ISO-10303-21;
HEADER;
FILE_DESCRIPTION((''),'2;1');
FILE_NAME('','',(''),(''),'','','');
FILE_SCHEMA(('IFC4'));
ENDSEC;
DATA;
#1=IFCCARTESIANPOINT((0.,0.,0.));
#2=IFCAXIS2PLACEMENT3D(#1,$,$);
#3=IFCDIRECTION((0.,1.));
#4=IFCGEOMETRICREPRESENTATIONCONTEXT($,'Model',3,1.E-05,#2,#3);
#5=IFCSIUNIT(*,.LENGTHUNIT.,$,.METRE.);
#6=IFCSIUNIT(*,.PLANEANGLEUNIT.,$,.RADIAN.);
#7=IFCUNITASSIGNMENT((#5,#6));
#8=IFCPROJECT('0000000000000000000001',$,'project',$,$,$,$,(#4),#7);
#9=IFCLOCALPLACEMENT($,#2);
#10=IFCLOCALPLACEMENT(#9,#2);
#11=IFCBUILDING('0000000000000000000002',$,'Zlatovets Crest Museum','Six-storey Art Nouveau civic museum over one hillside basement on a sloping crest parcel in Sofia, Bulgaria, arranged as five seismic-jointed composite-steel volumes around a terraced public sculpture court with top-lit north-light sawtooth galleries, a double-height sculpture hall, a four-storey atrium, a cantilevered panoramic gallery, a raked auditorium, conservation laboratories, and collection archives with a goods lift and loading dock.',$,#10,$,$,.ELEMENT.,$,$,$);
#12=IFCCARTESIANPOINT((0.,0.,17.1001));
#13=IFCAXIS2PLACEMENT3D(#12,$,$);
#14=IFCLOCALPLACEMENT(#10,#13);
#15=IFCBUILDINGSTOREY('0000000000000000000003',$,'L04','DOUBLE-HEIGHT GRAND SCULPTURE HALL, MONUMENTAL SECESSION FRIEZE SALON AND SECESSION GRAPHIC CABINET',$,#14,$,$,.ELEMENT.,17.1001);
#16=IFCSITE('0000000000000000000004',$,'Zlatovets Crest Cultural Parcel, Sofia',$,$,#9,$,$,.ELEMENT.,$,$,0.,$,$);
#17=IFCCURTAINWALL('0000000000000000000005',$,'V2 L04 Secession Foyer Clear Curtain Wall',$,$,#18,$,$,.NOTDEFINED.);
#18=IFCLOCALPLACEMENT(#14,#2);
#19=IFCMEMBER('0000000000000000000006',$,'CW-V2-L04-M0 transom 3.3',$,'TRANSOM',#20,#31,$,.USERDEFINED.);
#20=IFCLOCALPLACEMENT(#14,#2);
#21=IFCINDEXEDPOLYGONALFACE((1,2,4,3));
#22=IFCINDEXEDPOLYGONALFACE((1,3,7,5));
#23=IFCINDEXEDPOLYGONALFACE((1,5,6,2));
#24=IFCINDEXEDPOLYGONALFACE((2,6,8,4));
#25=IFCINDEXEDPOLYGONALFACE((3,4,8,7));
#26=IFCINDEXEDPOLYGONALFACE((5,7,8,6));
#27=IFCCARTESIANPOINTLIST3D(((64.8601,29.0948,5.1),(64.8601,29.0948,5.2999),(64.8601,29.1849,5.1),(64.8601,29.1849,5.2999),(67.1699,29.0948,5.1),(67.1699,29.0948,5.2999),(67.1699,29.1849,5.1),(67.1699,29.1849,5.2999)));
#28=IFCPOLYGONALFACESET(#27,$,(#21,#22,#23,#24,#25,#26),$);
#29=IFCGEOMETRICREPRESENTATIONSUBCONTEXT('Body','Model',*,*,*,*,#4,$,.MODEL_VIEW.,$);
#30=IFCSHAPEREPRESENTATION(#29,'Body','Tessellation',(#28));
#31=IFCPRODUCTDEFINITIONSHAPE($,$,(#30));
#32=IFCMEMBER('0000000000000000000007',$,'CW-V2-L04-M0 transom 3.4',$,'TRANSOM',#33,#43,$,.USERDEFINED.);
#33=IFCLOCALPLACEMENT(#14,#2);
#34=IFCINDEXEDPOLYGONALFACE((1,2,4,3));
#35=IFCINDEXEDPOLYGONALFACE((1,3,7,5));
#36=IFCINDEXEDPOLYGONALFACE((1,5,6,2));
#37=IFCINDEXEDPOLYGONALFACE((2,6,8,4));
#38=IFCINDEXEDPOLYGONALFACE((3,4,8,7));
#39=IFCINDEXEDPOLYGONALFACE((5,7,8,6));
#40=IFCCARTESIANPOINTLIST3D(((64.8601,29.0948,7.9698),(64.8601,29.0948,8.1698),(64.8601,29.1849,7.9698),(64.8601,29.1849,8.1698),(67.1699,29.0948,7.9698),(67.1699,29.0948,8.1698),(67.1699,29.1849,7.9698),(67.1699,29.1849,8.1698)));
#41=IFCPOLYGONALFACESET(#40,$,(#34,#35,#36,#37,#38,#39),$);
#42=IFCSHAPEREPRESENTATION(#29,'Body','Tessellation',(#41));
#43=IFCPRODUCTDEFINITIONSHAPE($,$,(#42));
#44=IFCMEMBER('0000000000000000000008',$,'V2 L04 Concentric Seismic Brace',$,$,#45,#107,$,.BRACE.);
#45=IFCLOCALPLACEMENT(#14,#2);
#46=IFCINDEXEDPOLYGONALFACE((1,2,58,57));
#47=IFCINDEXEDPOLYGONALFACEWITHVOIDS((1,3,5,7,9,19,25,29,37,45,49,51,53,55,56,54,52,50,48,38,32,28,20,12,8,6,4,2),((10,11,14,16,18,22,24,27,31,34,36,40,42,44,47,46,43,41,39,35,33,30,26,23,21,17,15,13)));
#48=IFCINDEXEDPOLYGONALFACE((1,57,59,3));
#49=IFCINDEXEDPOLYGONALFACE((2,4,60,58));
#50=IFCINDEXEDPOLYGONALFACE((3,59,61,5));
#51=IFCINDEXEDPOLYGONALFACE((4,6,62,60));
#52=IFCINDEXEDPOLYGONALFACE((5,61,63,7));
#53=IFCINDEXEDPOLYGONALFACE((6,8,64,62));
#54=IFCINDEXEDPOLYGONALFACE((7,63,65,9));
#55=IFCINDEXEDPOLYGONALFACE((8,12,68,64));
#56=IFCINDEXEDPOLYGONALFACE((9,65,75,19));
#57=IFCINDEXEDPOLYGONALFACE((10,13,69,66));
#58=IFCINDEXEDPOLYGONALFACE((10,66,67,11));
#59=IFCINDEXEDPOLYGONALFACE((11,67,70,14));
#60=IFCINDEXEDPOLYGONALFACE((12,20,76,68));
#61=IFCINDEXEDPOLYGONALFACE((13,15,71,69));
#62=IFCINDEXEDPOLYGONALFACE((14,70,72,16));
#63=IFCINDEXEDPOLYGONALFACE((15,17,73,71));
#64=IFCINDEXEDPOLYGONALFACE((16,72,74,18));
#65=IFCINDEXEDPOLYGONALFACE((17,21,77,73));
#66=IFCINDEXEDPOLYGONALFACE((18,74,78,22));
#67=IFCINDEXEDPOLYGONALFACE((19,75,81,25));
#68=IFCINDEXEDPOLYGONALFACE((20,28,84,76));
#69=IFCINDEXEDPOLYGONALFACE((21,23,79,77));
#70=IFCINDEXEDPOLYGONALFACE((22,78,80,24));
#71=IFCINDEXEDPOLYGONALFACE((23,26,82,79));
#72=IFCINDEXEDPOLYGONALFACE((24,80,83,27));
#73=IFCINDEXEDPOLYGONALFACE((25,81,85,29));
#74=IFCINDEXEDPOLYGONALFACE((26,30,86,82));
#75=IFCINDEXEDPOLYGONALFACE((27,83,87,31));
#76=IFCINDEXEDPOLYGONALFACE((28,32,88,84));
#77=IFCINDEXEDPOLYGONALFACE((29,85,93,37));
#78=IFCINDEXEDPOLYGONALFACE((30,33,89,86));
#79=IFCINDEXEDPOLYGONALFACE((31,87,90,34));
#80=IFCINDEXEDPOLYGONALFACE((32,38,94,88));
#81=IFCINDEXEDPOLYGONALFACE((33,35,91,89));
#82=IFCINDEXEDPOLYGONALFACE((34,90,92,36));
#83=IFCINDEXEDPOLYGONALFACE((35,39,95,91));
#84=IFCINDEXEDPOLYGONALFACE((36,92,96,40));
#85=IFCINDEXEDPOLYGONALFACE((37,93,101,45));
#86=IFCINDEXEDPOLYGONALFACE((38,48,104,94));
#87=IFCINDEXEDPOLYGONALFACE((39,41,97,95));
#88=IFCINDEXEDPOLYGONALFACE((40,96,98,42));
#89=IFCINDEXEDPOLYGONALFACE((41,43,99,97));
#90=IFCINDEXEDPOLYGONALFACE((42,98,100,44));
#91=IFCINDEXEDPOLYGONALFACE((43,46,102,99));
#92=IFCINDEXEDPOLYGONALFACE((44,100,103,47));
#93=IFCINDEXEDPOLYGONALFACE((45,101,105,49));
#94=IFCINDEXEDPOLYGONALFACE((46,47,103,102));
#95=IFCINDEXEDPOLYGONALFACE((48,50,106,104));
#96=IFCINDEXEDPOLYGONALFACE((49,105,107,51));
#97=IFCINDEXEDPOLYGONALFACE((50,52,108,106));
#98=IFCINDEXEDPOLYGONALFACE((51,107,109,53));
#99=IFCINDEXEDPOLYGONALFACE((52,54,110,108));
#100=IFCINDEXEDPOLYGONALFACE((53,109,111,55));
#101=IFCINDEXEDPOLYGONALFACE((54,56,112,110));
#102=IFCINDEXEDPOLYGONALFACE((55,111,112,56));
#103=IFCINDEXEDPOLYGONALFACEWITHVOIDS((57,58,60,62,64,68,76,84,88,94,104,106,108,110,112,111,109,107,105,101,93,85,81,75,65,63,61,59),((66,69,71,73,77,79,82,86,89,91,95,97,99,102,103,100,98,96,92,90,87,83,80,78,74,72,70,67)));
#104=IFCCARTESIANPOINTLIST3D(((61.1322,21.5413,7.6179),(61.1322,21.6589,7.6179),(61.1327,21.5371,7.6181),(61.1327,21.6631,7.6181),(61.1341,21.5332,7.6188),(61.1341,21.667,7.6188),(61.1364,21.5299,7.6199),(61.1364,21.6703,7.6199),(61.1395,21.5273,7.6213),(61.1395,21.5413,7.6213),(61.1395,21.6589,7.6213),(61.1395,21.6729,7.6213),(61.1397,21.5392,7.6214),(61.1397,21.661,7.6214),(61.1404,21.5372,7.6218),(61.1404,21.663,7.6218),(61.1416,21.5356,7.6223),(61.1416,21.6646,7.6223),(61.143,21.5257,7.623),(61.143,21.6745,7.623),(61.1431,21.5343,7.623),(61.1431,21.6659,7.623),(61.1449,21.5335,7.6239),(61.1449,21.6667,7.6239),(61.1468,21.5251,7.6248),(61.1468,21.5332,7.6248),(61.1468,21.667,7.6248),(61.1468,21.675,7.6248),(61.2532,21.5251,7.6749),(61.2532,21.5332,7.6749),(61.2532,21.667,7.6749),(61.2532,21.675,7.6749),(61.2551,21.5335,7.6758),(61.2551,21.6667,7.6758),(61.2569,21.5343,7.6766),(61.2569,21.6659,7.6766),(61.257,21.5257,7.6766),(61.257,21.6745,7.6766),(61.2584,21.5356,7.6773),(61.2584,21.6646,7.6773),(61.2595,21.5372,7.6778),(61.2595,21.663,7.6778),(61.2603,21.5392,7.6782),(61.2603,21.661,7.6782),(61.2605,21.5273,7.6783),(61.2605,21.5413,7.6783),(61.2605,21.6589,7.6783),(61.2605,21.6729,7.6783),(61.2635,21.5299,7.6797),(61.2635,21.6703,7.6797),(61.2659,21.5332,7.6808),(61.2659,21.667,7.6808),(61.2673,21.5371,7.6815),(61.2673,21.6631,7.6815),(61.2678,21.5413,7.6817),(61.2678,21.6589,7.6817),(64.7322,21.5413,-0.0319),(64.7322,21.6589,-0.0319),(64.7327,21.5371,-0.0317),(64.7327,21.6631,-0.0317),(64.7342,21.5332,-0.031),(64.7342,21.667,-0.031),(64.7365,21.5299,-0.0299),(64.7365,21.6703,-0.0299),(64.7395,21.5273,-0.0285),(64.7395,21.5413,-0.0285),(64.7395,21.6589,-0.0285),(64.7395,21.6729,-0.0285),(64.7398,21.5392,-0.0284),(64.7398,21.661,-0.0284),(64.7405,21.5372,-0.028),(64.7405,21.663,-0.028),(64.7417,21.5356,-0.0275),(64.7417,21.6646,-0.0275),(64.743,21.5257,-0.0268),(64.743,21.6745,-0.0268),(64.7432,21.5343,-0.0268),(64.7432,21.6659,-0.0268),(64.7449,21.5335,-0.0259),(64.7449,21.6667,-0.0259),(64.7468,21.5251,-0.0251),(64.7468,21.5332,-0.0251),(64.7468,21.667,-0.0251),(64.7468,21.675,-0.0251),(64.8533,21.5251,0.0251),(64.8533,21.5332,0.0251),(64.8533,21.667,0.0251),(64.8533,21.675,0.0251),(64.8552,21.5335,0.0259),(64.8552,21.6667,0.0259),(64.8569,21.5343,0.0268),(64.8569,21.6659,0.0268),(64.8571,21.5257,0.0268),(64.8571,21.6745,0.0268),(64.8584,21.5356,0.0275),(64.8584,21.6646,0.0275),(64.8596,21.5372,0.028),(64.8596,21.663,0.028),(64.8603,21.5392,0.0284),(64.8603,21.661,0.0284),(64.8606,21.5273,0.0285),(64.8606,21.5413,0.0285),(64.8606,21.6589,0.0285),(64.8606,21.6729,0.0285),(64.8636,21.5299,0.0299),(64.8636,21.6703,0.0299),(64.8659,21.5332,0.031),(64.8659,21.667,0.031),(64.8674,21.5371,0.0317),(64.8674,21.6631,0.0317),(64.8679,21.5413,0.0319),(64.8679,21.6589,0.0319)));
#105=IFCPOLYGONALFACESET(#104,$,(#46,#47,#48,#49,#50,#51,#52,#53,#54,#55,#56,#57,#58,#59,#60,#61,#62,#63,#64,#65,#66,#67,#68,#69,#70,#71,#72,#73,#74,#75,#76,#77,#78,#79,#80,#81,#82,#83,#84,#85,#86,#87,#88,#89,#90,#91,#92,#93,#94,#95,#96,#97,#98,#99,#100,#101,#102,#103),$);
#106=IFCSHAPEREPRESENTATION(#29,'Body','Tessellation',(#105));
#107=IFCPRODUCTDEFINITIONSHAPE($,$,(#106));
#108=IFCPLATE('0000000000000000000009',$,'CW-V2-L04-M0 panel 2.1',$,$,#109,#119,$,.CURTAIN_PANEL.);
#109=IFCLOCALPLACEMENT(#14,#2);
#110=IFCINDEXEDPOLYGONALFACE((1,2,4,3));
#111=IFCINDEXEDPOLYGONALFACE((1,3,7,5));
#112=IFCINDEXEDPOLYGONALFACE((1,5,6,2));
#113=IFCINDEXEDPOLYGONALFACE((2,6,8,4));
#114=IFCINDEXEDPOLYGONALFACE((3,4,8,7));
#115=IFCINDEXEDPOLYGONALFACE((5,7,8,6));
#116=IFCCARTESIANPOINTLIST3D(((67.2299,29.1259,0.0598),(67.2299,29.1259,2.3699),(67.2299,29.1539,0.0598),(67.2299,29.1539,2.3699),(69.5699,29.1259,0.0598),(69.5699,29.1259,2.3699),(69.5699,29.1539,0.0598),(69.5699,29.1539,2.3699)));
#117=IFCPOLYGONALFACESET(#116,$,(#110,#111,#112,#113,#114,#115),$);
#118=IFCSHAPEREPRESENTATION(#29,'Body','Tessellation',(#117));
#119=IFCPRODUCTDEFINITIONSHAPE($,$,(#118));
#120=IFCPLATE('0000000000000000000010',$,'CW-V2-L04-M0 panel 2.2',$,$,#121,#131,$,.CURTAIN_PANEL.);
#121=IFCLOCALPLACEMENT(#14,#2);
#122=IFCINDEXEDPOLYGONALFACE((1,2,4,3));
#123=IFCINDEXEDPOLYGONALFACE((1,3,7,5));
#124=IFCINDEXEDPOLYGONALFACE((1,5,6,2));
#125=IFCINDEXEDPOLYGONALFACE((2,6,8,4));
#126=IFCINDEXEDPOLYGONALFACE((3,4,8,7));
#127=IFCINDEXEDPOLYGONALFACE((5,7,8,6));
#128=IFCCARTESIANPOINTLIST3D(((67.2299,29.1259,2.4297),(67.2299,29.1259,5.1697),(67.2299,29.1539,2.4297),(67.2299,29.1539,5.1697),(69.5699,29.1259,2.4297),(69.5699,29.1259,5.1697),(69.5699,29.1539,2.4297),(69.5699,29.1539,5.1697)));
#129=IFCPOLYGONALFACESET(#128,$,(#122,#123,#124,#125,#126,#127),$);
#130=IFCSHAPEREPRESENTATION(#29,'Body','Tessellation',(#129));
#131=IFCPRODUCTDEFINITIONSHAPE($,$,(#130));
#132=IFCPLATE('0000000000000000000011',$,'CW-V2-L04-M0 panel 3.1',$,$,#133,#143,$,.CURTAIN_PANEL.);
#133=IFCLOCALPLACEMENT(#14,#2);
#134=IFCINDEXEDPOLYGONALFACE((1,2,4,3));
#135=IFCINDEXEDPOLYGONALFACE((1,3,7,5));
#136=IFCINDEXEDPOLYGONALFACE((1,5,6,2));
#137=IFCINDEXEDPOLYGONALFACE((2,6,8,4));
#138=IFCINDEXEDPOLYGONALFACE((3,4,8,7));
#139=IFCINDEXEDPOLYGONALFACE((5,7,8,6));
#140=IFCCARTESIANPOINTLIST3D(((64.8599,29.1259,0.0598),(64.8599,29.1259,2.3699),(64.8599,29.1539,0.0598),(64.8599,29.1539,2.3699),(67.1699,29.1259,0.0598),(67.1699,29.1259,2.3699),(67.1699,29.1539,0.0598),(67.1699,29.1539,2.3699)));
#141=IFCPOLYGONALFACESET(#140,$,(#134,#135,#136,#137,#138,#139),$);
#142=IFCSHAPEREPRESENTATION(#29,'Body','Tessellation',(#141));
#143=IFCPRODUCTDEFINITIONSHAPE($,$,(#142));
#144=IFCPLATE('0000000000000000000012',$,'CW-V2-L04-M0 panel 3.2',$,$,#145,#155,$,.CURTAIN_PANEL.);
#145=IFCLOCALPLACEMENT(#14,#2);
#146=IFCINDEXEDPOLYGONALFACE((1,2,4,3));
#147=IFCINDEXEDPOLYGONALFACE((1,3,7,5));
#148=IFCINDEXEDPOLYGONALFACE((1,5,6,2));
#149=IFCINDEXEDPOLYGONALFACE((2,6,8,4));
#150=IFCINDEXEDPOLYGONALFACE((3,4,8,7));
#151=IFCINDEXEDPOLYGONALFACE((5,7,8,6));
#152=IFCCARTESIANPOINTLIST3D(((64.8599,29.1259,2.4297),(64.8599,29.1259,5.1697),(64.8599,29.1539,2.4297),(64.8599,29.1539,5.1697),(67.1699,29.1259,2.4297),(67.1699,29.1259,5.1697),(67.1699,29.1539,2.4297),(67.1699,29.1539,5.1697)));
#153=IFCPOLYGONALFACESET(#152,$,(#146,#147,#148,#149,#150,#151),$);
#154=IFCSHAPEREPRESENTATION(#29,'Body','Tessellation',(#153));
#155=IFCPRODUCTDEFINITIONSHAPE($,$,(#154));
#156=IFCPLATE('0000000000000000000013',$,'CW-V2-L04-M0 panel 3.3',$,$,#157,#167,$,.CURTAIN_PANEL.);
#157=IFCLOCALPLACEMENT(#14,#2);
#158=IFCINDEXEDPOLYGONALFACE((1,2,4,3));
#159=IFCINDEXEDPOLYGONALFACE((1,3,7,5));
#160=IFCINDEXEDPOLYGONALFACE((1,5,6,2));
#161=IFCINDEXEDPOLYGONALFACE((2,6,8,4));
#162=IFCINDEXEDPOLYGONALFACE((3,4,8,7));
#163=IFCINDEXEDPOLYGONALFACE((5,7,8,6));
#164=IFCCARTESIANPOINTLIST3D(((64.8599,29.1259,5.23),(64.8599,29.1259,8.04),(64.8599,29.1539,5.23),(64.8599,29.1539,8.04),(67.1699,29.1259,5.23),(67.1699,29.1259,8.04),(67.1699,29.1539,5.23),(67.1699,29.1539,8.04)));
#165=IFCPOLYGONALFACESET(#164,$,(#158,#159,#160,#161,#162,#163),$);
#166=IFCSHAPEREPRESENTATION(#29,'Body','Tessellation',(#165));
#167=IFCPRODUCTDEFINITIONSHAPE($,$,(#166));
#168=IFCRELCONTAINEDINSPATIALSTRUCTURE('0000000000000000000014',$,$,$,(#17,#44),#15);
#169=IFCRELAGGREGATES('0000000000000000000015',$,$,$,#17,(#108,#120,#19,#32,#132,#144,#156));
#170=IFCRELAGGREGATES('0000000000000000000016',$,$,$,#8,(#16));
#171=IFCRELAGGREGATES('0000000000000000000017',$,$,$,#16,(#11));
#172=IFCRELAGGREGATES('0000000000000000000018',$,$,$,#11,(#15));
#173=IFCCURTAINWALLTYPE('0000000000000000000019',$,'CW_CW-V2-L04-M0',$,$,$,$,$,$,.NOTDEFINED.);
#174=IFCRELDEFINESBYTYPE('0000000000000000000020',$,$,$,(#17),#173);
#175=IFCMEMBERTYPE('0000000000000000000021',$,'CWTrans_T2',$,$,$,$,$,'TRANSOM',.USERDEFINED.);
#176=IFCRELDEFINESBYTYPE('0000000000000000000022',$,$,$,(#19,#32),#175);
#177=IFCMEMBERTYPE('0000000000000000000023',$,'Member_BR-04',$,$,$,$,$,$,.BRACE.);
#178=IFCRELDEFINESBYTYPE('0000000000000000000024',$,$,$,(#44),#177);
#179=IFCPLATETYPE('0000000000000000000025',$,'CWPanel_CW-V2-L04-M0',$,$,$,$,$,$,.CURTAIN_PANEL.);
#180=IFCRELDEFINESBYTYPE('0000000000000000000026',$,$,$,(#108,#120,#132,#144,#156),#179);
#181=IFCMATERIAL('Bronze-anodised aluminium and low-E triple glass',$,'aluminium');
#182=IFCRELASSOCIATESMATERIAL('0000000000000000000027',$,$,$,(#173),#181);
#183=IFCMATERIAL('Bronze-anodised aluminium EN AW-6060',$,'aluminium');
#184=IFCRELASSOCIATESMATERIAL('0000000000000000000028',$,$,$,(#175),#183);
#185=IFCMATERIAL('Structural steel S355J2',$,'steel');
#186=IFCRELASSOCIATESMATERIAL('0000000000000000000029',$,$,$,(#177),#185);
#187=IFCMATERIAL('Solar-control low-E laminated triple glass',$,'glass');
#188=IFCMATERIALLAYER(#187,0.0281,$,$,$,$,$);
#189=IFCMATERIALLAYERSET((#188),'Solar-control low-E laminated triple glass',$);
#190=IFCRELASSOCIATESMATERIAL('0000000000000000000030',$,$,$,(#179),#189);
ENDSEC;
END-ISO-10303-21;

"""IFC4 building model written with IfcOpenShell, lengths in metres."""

from ifc_helpers import new_model, si_unit, direction, frame, origin, origin_2d, place, context, subcontext, project, spatial, rectangle, hollow_rectangle, extrude, material, layer, layer_set, material_profile, profile_set, type_object, element, aggregate, save


model = new_model("IFC4")

# Units and contexts
model_context = context("Model", 3, precision=1e-05, world=origin(), true_north=direction((0.0, 1.0)))
body_context = subcontext(model_context, "Body", "Model", "MODEL_VIEW")
ifc_project = project(units=[si_unit("LENGTHUNIT", "METRE"), si_unit("PLANEANGLEUNIT", "RADIAN")], contexts=[model_context])

# Site, building, storey
site_placement = place(None, origin())
site = spatial("IfcSite", under=ifc_project, at=site_placement, Name="Zlatovets Crest Cultural Parcel, Sofia", CompositionType="ELEMENT", RefElevation=0.0)
building_placement = place(site_placement, origin())
building = spatial("IfcBuilding", under=site, at=building_placement, Name="Zlatovets Crest Museum", Description="Six-storey Art Nouveau civic museum over one hillside basement on a sloping crest parcel in Sofia, Bulgaria, arranged as five seismic-jointed composite-steel volumes around a terraced public sculpture court with top-lit north-light sawtooth galleries, a double-height sculpture hall, a four-storey atrium, a cantilevered panoramic gallery, a raked auditorium, conservation laboratories, and collection archives with a goods lift and loading dock.", CompositionType="ELEMENT")
storey_placement = place(building_placement, frame((0.0, 0.0, 17.1001)))
storey = spatial("IfcBuildingStorey", under=building, at=storey_placement, Name="L04", Description="DOUBLE-HEIGHT GRAND SCULPTURE HALL, MONUMENTAL SECESSION FRIEZE SALON AND SECESSION GRAPHIC CABINET", CompositionType="ELEMENT", Elevation=17.1001)

# Shared definitions
ifc_material_1 = material(Name="Structural steel S355J2", Category="steel")

# Curtain wall, members
ifc_material_2 = material(Name="Bronze-anodised aluminium and low-E triple glass", Category="aluminium")
curtain_wall_type = type_object("IfcCurtainWallType", Name="CW_CW-V2-L04-M0", PredefinedType="NOTDEFINED", material=ifc_material_2)
curtain_wall_placement = place(storey_placement, origin())
curtain_wall = element("IfcCurtainWall", 1, at=curtain_wall_placement, inside=storey, type_object=curtain_wall_type, Name="V2 L04 Secession Foyer Clear Curtain Wall", PredefinedType="NOTDEFINED")
ifc_material_3 = material(Name="Bronze-anodised aluminium EN AW-6060", Category="aluminium")
ifc_material_profile_1 = material_profile(ifc_material_3, rectangle(XDim=0.0901, YDim=0.2, at=origin_2d()), Name="ALU 90x200")
ifc_profile_set_1 = profile_set([ifc_material_profile_1], Name="Bronze-anodised aluminium EN AW-6060")
member_type_1 = type_object("IfcMemberType", Name="CWTrans_T2", ElementType="TRANSOM", PredefinedType="USERDEFINED", material=ifc_profile_set_1)
member_1_placement = place(storey_placement, frame((67.1699, 29.1399, 5.2), z_axis=(-1.0, 0.0, 0.0), x_axis=(0.0, -1.0, 0.0)))
member_1 = element("IfcMember", 2, at=member_1_placement, type_object=member_type_1, Name="CW-V2-L04-M0 transom 3.3", ObjectType="TRANSOM", PredefinedType="USERDEFINED", context=body_context, shape_type="SweptSolid", body=[
    extrude(rectangle(XDim=0.0901, YDim=0.2, at=origin_2d()), origin(), (0.0, 0.0, 1.0), 2.3098),
])
member_2_placement = place(storey_placement, frame((67.1699, 29.1399, 8.0698), z_axis=(-1.0, 0.0, 0.0), x_axis=(0.0, -1.0, 0.0)))
member_2 = element("IfcMember", 3, at=member_2_placement, type_object=member_type_1, Name="CW-V2-L04-M0 transom 3.4", ObjectType="TRANSOM", PredefinedType="USERDEFINED", context=body_context, shape_type="SweptSolid", body=[
    extrude(rectangle(XDim=0.0901, YDim=0.2, at=origin_2d()), origin(), (0.0, 0.0, 1.0), 2.3098),
])

# Member
ifc_material_profile_2 = material_profile(ifc_material_1, hollow_rectangle(XDim=0.1499, YDim=0.1499, WallThickness=0.0081, InnerFilletRadius=0.0081, OuterFilletRadius=0.0161, at=origin_2d()), Name="SHS 150x150x8.0")
ifc_profile_set_2 = profile_set([ifc_material_profile_2], Name="Structural steel S355J2")
member_type_2 = type_object("IfcMemberType", Name="Member_BR-04", PredefinedType="BRACE", material=ifc_profile_set_2)
member_3_placement = place(storey_placement, frame((64.8, 21.6001, 0.0), z_axis=(-0.425811, 0.0, 0.904812), x_axis=(0.0, -1.0, 0.0)))
element("IfcMember", 4, at=member_3_placement, inside=storey, type_object=member_type_2, Name="V2 L04 Concentric Seismic Brace", PredefinedType="BRACE", context=body_context, shape_type="SweptSolid", body=[
    extrude(hollow_rectangle(XDim=0.1499, YDim=0.1499, WallThickness=0.0081, InnerFilletRadius=0.0081, OuterFilletRadius=0.0161, at=origin_2d()), origin(), (0.0, 0.0, 1.0), 8.4546),
])

# Plates
ifc_material_4 = material(Name="Solar-control low-E laminated triple glass", Category="glass")
ifc_layer_1 = layer(ifc_material_4, 0.0281)
ifc_layer_set_1 = layer_set([ifc_layer_1], Name="Solar-control low-E laminated triple glass")
plate_type = type_object("IfcPlateType", Name="CWPanel_CW-V2-L04-M0", PredefinedType="CURTAIN_PANEL", material=ifc_layer_set_1)
plate_1_placement = place(storey_placement, frame((68.3999, 29.1399, 0.0598), z_axis=(0.0, 0.0, 1.0), x_axis=(-1.0, 0.0, 0.0)))
plate_1 = element("IfcPlate", 5, at=plate_1_placement, type_object=plate_type, Name="CW-V2-L04-M0 panel 2.1", PredefinedType="CURTAIN_PANEL", context=body_context, shape_type="SweptSolid", body=[
    extrude(rectangle(XDim=2.3401, YDim=0.0281, at=origin_2d()), origin(), (0.0, 0.0, 1.0), 2.3101),
])
plate_2_placement = place(storey_placement, frame((68.3999, 29.1399, 2.4297), z_axis=(0.0, 0.0, 1.0), x_axis=(-1.0, 0.0, 0.0)))
plate_2 = element("IfcPlate", 6, at=plate_2_placement, type_object=plate_type, Name="CW-V2-L04-M0 panel 2.2", PredefinedType="CURTAIN_PANEL", context=body_context, shape_type="SweptSolid", body=[
    extrude(rectangle(XDim=2.3401, YDim=0.0281, at=origin_2d()), origin(), (0.0, 0.0, 1.0), 2.74),
])
plate_3_placement = place(storey_placement, frame((66.0149, 29.1399, 0.0598), z_axis=(0.0, 0.0, 1.0), x_axis=(-1.0, 0.0, 0.0)))
plate_3 = element("IfcPlate", 7, at=plate_3_placement, type_object=plate_type, Name="CW-V2-L04-M0 panel 3.1", PredefinedType="CURTAIN_PANEL", context=body_context, shape_type="SweptSolid", body=[
    extrude(rectangle(XDim=2.3101, YDim=0.0281, at=origin_2d()), origin(), (0.0, 0.0, 1.0), 2.3101),
])
plate_4_placement = place(storey_placement, frame((66.0149, 29.1399, 2.4297), z_axis=(0.0, 0.0, 1.0), x_axis=(-1.0, 0.0, 0.0)))
plate_4 = element("IfcPlate", 8, at=plate_4_placement, type_object=plate_type, Name="CW-V2-L04-M0 panel 3.2", PredefinedType="CURTAIN_PANEL", context=body_context, shape_type="SweptSolid", body=[
    extrude(rectangle(XDim=2.3101, YDim=0.0281, at=origin_2d()), origin(), (0.0, 0.0, 1.0), 2.74),
])
plate_5_placement = place(storey_placement, frame((66.0149, 29.1399, 5.23), z_axis=(0.0, 0.0, 1.0), x_axis=(-1.0, 0.0, 0.0)))
plate_5 = element("IfcPlate", 9, at=plate_5_placement, type_object=plate_type, Name="CW-V2-L04-M0 panel 3.3", PredefinedType="CURTAIN_PANEL", context=body_context, shape_type="SweptSolid", body=[
    extrude(rectangle(XDim=2.3101, YDim=0.0281, at=origin_2d()), origin(), (0.0, 0.0, 1.0), 2.8101),
])
aggregate(curtain_wall, [plate_1, plate_2, member_1, member_2, plate_3, plate_4, plate_5])

save(model, "model.ifc")
